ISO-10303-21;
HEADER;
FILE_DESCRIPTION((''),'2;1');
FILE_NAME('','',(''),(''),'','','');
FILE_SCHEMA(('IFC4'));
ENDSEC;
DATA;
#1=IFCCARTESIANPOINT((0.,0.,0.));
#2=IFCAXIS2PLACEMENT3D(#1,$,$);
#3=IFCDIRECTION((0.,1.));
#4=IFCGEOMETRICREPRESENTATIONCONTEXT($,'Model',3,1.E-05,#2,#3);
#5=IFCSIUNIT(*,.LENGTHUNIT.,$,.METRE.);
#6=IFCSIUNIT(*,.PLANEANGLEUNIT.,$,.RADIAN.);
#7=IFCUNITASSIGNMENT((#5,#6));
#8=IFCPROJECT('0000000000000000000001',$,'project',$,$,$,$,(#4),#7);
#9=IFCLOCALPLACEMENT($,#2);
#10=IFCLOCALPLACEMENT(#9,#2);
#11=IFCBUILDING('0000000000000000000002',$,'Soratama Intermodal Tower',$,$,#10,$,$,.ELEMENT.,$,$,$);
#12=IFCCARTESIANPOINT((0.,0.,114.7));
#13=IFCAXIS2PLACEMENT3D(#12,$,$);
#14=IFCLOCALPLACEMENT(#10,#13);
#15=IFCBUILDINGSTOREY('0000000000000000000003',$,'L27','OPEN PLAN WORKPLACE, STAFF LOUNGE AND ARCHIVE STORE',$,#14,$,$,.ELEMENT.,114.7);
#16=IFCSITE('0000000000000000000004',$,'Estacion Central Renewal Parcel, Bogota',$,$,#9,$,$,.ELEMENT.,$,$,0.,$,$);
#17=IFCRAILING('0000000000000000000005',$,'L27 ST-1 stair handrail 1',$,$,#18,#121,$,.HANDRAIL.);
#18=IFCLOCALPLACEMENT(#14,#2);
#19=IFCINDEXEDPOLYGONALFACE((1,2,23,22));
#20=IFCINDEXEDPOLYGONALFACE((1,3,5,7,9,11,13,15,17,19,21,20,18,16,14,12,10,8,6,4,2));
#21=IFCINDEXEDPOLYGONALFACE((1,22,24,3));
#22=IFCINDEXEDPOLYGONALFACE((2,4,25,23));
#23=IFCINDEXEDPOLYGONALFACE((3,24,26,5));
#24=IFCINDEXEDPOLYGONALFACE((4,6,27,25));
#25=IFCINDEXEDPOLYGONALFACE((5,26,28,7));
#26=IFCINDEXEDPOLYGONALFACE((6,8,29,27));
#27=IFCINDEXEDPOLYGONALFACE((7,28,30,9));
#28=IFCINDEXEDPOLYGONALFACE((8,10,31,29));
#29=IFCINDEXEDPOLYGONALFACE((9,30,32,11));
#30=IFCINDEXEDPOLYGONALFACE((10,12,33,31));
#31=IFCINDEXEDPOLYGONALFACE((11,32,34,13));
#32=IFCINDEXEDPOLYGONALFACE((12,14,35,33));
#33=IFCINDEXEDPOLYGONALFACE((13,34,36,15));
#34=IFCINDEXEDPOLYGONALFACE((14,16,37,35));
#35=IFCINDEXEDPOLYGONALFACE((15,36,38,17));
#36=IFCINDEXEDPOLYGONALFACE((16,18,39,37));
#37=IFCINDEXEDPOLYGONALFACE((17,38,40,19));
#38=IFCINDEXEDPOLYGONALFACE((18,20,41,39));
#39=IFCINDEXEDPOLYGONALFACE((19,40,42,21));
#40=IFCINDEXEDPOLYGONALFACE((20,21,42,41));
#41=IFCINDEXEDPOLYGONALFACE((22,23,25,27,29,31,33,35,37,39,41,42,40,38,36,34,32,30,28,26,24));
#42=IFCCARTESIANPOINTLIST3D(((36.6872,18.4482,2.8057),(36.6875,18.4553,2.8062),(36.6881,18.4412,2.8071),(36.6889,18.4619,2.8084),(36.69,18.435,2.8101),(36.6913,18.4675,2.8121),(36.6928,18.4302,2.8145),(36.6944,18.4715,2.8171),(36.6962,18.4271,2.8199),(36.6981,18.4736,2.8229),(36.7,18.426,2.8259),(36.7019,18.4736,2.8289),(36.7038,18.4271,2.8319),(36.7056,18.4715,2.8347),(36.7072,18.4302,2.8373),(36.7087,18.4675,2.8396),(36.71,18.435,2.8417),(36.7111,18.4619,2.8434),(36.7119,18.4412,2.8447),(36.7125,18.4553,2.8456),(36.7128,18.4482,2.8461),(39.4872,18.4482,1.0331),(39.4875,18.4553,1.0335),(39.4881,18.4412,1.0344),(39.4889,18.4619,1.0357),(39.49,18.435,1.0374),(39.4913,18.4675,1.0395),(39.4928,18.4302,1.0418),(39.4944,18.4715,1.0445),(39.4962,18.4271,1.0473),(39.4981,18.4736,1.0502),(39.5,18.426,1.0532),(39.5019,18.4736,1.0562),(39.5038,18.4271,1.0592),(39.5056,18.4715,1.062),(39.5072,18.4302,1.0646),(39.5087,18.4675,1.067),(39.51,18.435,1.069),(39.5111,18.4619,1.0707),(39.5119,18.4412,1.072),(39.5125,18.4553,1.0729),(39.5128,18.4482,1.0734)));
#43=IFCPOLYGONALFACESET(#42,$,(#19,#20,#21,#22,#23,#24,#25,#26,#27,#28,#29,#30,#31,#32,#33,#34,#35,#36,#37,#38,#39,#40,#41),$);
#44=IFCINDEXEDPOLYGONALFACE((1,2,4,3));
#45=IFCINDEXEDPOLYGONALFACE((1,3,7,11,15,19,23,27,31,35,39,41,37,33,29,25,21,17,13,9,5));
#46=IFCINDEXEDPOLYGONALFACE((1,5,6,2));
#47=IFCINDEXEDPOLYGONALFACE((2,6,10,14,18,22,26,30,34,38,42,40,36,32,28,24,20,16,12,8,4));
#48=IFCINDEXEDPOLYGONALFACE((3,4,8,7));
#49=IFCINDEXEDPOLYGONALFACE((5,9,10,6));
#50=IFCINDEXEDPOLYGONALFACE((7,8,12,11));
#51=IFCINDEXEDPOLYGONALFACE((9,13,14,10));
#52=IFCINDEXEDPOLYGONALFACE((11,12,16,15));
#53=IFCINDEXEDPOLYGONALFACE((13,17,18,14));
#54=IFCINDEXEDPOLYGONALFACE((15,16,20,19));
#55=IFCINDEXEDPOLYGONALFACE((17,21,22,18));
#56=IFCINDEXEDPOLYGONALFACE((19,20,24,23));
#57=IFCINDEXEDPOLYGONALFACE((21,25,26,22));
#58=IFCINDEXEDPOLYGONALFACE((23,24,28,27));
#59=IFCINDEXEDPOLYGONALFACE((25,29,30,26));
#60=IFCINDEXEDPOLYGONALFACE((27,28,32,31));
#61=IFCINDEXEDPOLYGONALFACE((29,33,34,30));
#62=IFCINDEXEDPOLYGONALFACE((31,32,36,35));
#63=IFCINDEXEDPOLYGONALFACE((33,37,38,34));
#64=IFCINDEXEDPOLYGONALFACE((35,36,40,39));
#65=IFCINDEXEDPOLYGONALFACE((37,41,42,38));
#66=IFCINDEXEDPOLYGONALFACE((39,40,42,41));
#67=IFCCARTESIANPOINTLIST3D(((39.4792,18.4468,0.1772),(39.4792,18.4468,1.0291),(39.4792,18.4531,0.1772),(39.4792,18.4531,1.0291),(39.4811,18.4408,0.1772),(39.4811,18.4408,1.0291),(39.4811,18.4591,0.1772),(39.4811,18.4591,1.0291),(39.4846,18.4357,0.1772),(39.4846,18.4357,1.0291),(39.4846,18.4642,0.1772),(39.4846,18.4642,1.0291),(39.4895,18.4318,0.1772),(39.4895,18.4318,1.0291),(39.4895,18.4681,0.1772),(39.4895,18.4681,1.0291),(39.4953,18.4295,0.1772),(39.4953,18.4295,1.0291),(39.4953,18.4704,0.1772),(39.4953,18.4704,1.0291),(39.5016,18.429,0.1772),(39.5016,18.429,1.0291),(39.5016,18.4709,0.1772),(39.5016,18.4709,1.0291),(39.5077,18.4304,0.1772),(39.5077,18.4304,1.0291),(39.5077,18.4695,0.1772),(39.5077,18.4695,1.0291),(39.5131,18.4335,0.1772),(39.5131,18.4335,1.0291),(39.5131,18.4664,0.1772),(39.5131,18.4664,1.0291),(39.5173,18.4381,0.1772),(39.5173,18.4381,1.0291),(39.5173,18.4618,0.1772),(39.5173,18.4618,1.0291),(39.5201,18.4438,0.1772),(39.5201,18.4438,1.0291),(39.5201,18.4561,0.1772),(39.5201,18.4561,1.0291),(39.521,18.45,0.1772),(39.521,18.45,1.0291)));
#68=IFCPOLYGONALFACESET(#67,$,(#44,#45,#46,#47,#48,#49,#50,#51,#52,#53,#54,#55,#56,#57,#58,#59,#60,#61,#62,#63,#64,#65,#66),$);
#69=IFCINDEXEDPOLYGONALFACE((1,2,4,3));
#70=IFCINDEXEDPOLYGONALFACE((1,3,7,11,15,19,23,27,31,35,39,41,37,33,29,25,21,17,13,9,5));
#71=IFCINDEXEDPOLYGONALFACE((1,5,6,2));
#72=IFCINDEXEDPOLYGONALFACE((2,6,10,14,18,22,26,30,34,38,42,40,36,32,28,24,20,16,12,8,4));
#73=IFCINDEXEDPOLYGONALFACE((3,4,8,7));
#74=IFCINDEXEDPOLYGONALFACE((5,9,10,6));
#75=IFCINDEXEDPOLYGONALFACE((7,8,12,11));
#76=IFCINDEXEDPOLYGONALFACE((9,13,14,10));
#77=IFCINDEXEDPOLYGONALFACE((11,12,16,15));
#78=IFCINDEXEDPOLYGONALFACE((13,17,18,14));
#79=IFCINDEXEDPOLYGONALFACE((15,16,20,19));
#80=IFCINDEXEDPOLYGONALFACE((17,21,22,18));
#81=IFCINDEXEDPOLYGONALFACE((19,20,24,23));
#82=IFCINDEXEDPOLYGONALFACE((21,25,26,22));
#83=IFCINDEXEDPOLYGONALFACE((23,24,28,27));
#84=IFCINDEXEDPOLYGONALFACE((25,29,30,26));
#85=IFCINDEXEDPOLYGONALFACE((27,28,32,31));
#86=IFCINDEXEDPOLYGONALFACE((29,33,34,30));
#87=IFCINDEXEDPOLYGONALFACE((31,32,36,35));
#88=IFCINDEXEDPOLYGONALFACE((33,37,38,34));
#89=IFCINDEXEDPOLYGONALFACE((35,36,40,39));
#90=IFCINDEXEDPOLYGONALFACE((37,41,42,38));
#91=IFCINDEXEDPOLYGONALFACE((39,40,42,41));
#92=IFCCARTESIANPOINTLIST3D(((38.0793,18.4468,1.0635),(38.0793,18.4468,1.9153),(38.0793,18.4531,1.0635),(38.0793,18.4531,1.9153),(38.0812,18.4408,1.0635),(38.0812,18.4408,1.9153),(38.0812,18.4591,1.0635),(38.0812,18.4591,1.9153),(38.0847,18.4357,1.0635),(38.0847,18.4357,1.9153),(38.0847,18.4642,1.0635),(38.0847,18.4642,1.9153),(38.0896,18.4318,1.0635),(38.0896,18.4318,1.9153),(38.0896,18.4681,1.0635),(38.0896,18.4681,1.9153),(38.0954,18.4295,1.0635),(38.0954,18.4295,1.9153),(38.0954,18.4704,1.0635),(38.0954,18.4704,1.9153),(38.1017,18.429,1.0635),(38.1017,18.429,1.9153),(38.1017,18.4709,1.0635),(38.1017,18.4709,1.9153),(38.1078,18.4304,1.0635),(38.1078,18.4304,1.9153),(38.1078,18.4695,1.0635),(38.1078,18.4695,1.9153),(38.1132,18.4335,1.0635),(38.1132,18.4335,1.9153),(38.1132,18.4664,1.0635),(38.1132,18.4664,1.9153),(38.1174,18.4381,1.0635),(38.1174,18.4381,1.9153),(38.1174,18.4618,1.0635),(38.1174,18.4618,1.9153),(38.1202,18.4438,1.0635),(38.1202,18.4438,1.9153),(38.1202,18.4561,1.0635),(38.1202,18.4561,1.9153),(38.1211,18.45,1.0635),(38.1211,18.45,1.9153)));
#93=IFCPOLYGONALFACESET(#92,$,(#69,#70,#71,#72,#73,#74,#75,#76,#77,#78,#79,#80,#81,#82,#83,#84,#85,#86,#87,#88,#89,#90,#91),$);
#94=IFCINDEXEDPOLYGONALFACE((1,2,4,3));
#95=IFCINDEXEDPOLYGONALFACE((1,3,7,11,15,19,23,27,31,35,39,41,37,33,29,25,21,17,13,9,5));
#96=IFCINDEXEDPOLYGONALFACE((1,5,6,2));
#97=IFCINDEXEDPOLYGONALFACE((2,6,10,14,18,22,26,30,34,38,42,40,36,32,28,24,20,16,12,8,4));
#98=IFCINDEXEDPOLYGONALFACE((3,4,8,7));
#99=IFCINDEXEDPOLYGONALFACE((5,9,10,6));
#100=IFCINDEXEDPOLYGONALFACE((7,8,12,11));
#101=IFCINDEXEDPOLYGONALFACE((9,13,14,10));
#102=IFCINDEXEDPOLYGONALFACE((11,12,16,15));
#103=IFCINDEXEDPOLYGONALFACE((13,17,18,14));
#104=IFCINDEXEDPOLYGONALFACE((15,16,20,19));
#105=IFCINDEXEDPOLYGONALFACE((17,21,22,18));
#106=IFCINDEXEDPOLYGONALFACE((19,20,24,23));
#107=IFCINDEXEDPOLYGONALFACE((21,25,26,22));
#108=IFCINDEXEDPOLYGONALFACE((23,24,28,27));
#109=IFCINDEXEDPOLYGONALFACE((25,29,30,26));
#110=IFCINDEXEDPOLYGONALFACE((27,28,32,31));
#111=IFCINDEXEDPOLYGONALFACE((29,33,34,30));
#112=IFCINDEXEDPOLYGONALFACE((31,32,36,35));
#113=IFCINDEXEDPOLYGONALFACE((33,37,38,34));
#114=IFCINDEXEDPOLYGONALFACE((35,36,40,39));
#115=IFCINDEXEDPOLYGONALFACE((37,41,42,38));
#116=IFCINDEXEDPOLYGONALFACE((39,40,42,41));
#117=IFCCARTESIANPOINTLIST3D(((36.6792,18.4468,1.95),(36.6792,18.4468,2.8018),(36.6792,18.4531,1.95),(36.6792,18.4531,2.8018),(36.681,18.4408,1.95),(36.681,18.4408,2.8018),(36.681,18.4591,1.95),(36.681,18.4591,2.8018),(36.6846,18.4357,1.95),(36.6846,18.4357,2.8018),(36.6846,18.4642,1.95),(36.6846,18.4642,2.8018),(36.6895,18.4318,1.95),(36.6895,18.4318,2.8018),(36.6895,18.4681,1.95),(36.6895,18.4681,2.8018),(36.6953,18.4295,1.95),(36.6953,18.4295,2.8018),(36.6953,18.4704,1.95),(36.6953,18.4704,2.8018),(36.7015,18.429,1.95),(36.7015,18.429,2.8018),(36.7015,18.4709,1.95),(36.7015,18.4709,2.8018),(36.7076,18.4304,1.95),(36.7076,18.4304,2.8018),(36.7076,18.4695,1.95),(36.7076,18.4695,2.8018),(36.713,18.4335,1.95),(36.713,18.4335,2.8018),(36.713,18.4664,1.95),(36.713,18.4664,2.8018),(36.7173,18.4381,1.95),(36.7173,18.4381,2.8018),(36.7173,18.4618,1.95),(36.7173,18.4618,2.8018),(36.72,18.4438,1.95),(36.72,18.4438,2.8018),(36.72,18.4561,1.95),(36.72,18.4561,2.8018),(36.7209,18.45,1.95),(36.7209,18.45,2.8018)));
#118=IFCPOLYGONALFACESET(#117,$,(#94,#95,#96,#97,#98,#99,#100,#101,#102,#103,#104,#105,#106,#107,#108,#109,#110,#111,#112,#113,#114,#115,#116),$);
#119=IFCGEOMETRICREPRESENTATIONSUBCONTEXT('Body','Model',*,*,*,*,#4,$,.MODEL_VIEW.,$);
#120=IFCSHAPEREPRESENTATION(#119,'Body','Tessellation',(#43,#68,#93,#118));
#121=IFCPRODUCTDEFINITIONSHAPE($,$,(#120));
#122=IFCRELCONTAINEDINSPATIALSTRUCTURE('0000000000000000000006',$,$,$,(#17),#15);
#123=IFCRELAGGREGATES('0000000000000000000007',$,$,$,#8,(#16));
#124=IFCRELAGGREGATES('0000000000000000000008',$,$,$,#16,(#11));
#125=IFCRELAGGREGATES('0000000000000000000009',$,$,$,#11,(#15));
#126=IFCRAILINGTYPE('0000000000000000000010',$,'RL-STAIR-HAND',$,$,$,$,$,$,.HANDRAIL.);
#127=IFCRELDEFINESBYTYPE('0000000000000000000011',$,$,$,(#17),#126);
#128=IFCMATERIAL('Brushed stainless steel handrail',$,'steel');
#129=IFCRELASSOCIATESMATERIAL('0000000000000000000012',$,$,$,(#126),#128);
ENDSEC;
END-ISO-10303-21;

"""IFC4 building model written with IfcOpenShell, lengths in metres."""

from ifc_helpers import new_model, si_unit, direction, frame, origin, origin_2d, place, context, subcontext, project, spatial, circle, extrude, material, type_object, element, save


model = new_model("IFC4")

# Units and contexts
model_context = context("Model", 3, precision=1e-05, world=origin(), true_north=direction((0.0, 1.0)))
body_context = subcontext(model_context, "Body", "Model", "MODEL_VIEW")
ifc_project = project(units=[si_unit("LENGTHUNIT", "METRE"), si_unit("PLANEANGLEUNIT", "RADIAN")], contexts=[model_context])

# Site, building, storey
site_placement = place(None, origin())
site = spatial("IfcSite", under=ifc_project, at=site_placement, Name="Estacion Central Renewal Parcel, Bogota", CompositionType="ELEMENT", RefElevation=0.0)
building_placement = place(site_placement, origin())
building = spatial("IfcBuilding", under=site, at=building_placement, Name="Soratama Intermodal Tower", CompositionType="ELEMENT")
storey_placement = place(building_placement, frame((0.0, 0.0, 114.7)))
storey = spatial("IfcBuildingStorey", under=building, at=storey_placement, Name="L27", Description="OPEN PLAN WORKPLACE, STAFF LOUNGE AND ARCHIVE STORE", CompositionType="ELEMENT", Elevation=114.7)

# Railing
ifc_material_1 = material(Name="Brushed stainless steel handrail", Category="steel")
railing_type_1 = type_object("IfcRailingType", Name="RL-STAIR-HAND", PredefinedType="HANDRAIL", material=ifc_material_1)
railing_1_placement = place(storey_placement, frame((39.5, 18.45, 0.1772)))
element("IfcRailing", 1, at=railing_1_placement, inside=storey, type_object=railing_type_1, Name="L27 ST-1 stair handrail 1", PredefinedType="HANDRAIL", context=body_context, shape_type="SweptSolid", body=[
    extrude(circle(Radius=0.0239, at=origin_2d()), frame((0.0, 0.0, 0.876), z_axis=(-0.844909, 0.0, 0.53491), x_axis=(0.0, -1.0, 0.0)), (0.0, 0.0, 1.0), 3.314),
    extrude(circle(Radius=0.021, at=origin_2d()), origin(), (0.0, 0.0, 1.0), 0.8518),
    extrude(circle(Radius=0.021, at=origin_2d()), frame((-1.3999, 0.0, 0.8862)), (0.0, 0.0, 1.0), 0.8518),
    extrude(circle(Radius=0.021, at=origin_2d()), frame((-2.8, 0.0, 1.7727)), (0.0, 0.0, 1.0), 0.8518),
])

save(model, "model.ifc")
